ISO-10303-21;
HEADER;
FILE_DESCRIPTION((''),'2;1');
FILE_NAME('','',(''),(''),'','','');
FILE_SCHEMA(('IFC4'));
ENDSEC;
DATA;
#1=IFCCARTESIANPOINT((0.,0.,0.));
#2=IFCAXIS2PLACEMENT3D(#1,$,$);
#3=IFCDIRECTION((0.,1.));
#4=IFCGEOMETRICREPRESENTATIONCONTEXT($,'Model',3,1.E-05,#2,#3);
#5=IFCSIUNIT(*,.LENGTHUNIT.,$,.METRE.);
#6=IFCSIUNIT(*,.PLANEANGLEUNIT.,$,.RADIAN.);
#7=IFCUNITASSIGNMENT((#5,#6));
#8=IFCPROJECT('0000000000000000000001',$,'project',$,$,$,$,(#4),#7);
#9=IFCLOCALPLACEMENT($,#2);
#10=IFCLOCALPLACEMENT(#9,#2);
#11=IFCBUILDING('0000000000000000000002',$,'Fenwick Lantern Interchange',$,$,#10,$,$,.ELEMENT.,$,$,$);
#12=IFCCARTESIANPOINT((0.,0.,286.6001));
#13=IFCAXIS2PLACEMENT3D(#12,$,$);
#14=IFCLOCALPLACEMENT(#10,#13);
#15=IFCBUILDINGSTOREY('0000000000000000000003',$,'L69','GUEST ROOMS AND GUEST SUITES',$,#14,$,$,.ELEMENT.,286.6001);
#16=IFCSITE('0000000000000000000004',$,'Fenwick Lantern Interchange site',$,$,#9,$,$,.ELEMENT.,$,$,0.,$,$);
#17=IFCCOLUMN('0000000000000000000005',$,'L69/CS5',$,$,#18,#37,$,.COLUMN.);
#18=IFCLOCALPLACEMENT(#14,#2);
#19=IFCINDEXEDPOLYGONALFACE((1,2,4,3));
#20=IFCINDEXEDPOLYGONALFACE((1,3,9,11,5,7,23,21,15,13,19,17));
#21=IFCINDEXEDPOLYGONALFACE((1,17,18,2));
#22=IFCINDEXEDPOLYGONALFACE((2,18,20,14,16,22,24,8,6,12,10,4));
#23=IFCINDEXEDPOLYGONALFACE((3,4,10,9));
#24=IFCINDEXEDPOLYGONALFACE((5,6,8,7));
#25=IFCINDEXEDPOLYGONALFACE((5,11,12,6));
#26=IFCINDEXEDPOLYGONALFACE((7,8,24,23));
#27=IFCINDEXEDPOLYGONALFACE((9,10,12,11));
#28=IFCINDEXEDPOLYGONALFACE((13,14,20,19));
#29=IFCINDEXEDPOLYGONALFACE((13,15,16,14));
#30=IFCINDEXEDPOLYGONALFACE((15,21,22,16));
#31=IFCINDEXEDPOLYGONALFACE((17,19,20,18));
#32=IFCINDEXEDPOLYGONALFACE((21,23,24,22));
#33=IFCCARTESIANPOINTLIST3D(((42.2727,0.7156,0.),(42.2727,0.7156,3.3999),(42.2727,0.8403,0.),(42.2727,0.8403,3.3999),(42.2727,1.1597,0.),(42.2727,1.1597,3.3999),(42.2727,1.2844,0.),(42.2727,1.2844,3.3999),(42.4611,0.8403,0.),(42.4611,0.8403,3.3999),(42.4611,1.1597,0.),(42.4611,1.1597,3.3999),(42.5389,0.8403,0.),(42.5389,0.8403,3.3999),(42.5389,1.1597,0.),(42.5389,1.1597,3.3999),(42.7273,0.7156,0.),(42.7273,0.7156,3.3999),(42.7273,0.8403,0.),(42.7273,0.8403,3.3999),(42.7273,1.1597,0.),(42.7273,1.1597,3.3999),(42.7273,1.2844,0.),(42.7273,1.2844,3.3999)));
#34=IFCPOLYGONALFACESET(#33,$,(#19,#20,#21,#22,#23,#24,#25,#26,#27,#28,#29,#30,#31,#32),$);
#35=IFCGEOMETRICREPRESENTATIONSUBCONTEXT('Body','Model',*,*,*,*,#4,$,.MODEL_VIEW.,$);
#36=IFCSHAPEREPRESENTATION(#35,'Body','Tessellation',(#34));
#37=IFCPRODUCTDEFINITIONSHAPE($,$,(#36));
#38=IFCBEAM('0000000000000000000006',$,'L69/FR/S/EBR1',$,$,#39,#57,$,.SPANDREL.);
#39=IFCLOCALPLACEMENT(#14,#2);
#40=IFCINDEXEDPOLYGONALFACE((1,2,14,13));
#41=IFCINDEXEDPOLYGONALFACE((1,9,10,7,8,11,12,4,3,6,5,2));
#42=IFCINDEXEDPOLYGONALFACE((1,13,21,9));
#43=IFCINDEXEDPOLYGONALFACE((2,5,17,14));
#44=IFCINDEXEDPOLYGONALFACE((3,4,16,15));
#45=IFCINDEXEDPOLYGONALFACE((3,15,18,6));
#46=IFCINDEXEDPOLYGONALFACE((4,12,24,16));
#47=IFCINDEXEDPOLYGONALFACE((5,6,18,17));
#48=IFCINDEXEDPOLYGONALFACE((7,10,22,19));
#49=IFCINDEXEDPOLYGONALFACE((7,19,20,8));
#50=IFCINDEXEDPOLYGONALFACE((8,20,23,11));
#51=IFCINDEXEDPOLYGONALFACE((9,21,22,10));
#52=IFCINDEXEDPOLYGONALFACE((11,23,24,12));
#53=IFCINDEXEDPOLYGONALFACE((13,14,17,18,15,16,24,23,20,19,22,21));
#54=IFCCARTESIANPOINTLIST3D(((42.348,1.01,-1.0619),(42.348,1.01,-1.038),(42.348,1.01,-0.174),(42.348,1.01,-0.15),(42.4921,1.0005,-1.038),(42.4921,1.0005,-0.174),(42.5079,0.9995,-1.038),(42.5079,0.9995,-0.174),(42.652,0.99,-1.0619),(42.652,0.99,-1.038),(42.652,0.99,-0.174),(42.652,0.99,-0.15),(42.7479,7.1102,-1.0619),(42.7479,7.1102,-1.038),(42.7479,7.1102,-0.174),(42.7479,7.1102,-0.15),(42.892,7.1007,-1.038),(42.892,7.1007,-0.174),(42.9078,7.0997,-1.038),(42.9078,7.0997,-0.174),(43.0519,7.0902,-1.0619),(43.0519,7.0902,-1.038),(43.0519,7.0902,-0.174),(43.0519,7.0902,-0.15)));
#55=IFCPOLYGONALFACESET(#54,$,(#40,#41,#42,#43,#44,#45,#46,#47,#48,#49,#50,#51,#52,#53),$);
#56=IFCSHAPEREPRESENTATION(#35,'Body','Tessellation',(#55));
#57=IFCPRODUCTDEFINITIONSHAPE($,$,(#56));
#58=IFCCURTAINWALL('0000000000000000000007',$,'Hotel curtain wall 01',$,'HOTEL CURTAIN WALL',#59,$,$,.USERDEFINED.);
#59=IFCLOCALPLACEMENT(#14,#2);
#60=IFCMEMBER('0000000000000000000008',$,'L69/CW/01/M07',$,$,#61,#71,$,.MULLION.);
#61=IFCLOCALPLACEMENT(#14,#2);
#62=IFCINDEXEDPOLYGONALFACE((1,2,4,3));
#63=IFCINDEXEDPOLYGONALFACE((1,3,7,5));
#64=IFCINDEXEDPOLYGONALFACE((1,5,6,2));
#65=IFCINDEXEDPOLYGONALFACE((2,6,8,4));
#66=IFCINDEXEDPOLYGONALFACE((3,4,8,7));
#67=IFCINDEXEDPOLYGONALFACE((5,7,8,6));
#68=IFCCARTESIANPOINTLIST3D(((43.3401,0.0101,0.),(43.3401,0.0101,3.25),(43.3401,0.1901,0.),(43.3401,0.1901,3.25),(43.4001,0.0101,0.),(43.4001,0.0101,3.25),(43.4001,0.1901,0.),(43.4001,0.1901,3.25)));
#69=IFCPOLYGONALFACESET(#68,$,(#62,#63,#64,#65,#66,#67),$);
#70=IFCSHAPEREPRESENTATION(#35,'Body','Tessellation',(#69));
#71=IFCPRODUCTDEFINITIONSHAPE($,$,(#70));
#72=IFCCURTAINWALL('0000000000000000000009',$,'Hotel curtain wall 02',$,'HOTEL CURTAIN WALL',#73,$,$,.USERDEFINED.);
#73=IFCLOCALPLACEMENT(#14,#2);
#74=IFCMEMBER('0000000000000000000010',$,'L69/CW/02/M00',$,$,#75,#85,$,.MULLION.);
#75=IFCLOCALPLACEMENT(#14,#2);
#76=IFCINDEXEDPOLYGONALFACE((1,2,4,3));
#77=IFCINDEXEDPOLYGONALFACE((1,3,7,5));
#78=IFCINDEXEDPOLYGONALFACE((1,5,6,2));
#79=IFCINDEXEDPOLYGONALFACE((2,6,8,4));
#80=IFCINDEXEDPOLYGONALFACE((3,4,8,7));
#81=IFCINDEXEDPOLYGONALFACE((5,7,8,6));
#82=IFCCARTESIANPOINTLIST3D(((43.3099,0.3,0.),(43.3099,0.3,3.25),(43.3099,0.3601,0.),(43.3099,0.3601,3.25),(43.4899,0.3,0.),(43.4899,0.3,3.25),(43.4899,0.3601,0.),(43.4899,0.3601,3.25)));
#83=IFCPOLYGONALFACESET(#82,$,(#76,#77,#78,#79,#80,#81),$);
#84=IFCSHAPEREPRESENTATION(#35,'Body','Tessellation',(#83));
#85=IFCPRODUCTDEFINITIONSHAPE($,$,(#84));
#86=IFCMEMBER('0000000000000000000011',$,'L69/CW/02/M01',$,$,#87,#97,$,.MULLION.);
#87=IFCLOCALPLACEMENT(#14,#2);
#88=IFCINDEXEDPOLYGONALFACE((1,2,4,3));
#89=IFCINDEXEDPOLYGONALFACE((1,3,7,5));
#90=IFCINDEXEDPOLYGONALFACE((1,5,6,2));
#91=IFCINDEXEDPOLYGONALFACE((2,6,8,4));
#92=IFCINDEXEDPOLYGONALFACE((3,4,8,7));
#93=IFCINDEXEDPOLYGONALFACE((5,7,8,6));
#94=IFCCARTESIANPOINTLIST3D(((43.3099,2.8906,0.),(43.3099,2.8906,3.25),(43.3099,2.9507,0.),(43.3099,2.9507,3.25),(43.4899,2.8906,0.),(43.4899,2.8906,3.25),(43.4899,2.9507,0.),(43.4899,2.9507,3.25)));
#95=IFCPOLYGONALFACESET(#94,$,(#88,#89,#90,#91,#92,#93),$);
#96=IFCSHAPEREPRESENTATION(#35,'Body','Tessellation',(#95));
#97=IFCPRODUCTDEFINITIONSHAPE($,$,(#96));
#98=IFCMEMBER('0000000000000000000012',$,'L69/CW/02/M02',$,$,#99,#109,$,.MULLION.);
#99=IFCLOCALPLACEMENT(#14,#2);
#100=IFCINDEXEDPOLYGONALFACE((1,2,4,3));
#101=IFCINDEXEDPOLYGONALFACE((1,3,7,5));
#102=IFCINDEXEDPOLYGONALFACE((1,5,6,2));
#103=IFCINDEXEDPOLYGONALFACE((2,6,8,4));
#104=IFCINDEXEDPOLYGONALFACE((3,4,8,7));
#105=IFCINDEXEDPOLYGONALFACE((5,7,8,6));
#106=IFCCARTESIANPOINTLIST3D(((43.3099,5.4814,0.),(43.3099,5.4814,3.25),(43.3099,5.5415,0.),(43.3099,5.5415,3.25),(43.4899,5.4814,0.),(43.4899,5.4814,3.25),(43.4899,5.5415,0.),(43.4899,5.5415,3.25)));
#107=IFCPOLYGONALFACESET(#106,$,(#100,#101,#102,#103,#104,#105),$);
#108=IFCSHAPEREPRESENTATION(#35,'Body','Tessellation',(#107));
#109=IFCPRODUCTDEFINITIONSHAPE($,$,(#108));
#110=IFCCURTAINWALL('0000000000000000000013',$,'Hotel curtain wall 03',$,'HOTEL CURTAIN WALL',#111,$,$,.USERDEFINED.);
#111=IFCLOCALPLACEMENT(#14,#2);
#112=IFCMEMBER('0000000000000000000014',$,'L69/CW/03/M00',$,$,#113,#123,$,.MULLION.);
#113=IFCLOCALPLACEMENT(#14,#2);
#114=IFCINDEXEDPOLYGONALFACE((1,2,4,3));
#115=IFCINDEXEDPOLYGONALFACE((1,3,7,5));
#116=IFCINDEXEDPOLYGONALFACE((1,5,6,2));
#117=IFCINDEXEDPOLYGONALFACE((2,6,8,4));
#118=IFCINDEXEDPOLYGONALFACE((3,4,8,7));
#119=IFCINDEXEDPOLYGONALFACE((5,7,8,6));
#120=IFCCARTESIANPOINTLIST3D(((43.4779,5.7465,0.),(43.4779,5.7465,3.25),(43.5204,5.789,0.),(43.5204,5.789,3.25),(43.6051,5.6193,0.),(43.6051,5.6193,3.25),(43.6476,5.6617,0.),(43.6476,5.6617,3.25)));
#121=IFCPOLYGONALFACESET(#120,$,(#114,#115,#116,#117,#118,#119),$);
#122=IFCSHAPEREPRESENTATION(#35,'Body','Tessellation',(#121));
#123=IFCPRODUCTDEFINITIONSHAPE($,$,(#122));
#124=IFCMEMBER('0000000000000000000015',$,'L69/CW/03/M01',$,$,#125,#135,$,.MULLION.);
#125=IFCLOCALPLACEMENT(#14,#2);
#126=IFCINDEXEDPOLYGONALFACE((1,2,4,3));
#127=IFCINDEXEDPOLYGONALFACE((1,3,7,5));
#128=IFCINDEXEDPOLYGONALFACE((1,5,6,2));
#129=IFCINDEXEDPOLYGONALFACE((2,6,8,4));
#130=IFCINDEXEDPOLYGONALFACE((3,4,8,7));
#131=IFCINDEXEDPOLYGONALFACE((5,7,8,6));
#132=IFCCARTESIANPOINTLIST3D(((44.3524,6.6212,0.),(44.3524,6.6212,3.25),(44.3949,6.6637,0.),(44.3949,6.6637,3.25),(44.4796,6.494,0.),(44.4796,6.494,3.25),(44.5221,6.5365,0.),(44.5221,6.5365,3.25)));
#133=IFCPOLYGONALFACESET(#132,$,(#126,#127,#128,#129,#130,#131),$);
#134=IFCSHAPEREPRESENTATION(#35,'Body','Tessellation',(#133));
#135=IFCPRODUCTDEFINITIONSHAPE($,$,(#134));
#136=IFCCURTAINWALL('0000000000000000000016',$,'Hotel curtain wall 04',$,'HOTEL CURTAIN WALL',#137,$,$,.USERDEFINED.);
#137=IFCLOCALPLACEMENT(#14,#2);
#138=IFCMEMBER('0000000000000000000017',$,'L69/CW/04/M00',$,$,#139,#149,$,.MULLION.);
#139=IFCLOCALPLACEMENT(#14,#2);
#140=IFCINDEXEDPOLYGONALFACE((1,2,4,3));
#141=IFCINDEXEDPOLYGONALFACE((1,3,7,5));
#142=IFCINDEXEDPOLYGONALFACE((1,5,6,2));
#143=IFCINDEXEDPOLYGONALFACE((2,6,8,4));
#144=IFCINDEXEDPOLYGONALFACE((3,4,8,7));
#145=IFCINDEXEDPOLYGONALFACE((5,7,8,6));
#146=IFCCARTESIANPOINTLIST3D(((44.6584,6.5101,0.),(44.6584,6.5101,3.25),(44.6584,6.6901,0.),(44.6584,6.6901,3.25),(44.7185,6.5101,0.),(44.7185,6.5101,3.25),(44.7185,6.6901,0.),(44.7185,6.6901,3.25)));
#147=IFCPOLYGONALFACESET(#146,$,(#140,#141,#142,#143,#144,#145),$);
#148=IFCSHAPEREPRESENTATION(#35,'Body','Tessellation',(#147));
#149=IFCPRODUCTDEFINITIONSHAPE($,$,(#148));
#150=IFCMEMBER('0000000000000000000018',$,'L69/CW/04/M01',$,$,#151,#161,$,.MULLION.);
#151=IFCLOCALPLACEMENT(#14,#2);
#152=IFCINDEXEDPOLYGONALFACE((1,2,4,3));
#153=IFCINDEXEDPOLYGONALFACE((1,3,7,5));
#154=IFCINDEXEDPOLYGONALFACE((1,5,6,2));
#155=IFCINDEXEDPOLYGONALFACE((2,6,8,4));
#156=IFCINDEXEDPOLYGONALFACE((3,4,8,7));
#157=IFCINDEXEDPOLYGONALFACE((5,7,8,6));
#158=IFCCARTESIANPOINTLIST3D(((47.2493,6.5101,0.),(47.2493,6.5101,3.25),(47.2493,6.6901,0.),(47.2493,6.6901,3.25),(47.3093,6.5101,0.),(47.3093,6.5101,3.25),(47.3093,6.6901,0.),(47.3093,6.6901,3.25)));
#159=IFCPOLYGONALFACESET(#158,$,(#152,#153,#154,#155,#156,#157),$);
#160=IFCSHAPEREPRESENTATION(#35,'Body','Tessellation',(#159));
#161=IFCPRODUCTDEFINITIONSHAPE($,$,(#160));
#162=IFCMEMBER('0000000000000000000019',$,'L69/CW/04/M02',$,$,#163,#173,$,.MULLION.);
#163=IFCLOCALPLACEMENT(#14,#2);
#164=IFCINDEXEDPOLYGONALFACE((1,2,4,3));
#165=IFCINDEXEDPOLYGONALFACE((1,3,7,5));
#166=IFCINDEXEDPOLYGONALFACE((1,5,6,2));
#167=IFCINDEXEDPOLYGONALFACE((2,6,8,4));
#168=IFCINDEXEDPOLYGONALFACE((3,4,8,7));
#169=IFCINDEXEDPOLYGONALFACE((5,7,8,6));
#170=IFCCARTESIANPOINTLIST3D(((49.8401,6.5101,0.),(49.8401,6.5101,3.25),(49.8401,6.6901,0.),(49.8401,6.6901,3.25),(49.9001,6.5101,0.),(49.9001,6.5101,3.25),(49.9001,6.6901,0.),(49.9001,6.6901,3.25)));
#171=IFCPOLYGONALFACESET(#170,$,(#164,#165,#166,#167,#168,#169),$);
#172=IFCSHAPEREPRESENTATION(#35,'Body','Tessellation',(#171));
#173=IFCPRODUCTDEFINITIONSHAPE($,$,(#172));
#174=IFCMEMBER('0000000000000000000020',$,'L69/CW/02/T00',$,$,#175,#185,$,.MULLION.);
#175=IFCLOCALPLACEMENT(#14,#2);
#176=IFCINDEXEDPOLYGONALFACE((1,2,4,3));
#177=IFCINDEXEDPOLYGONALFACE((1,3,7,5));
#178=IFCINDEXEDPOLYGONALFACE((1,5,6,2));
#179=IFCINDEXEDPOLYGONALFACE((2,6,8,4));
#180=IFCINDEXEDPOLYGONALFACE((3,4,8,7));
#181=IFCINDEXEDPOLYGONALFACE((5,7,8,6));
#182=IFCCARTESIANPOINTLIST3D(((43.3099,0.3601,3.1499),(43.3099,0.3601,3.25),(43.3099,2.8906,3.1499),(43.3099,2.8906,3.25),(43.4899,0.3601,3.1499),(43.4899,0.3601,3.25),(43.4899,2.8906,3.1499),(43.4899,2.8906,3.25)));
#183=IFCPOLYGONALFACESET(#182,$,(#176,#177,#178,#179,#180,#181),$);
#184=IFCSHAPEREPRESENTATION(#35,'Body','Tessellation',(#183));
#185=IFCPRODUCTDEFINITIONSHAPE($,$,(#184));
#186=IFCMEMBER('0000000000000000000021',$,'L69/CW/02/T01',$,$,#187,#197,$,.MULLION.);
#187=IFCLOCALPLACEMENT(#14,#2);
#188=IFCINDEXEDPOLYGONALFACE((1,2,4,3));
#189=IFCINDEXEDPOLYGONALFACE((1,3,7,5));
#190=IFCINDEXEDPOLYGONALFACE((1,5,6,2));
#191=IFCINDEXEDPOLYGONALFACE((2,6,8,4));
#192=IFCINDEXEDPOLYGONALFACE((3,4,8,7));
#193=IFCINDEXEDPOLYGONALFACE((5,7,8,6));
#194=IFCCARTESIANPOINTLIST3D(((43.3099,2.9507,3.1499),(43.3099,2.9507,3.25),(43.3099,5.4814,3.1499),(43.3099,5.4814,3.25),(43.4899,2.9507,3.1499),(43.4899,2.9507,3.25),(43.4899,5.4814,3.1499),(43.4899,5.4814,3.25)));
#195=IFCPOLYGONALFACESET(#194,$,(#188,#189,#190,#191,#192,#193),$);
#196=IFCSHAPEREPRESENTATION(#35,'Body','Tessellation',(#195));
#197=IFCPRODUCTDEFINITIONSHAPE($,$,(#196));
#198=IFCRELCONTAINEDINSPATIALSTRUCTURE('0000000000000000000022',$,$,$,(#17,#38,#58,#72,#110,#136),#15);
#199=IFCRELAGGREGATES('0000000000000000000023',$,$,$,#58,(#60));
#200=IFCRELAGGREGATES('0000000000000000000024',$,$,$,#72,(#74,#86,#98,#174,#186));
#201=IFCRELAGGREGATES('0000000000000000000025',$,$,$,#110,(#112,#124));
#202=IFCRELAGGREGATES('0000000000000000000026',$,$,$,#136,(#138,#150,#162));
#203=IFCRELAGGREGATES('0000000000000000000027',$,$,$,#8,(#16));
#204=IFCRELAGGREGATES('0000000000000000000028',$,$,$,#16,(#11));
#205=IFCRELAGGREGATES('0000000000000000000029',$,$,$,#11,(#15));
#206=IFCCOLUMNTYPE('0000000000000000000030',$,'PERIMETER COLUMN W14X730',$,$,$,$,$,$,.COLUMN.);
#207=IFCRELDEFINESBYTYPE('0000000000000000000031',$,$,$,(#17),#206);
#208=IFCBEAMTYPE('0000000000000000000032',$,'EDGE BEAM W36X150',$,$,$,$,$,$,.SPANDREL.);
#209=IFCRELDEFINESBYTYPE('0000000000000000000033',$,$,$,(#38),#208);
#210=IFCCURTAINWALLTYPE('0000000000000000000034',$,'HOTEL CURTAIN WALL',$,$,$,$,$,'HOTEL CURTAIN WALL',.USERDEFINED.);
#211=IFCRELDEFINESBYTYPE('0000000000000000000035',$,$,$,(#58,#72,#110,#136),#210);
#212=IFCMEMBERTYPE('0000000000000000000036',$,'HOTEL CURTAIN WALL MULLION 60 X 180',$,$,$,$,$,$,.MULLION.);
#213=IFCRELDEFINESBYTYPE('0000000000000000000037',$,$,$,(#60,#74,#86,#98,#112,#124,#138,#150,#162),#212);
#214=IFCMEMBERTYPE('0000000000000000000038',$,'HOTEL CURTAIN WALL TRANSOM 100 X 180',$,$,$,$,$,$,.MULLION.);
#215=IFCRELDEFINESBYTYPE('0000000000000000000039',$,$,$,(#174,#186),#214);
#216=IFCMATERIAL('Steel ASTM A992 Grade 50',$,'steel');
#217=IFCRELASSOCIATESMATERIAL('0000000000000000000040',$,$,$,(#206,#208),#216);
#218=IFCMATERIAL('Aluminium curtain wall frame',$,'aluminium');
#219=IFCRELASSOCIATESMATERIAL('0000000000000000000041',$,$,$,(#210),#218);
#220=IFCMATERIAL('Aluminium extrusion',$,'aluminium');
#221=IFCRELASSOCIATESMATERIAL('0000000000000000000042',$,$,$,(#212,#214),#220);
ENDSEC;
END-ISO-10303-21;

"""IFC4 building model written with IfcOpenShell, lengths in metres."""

from ifc_helpers import new_model, si_unit, direction, frame, origin, origin_2d, place, context, subcontext, project, spatial, rectangle, i_section, extrude, material, material_profile, profile_set, type_object, element, aggregate, save


model = new_model("IFC4")

# Units and contexts
model_context = context("Model", 3, precision=1e-05, world=origin(), true_north=direction((0.0, 1.0)))
body_context = subcontext(model_context, "Body", "Model", "MODEL_VIEW")
ifc_project = project(units=[si_unit("LENGTHUNIT", "METRE"), si_unit("PLANEANGLEUNIT", "RADIAN")], contexts=[model_context])

# Site, building, storey
site_placement = place(None, origin())
site = spatial("IfcSite", under=ifc_project, at=site_placement, Name="Fenwick Lantern Interchange site", CompositionType="ELEMENT", RefElevation=0.0)
building_placement = place(site_placement, origin())
building = spatial("IfcBuilding", under=site, at=building_placement, Name="Fenwick Lantern Interchange", CompositionType="ELEMENT")
storey_placement = place(building_placement, frame((0.0, 0.0, 286.6001)))
storey = spatial("IfcBuildingStorey", under=building, at=storey_placement, Name="L69", Description="GUEST ROOMS AND GUEST SUITES", CompositionType="ELEMENT", Elevation=286.6001)

# Column
ifc_material_1 = material(Name="Steel ASTM A992 Grade 50", Category="steel")
ifc_material_profile_1 = material_profile(ifc_material_1, i_section(OverallWidth=0.4546, OverallDepth=0.5688, WebThickness=0.0779, FlangeThickness=0.1248, at=origin_2d()), Name="W14X730")
ifc_profile_set_1 = profile_set([ifc_material_profile_1], Name="Steel ASTM A992 Grade 50")
column_type = type_object("IfcColumnType", Name="PERIMETER COLUMN W14X730", PredefinedType="COLUMN", material=ifc_profile_set_1)
column_placement = place(storey_placement, frame((42.5, 1.0, 0.0), z_axis=(0.0, 0.0, 1.0), x_axis=(1.0, 0.0, 0.0)))
element("IfcColumn", 1, at=column_placement, inside=storey, type_object=column_type, Name="L69/CS5", PredefinedType="COLUMN", context=body_context, shape_type="SweptSolid", body=[
    extrude(i_section(OverallWidth=0.4546, OverallDepth=0.5688, WebThickness=0.0779, FlangeThickness=0.1248, at=origin_2d()), origin(), (0.0, 0.0, 1.0), 3.3999),
])

# Beam
ifc_material_profile_2 = material_profile(ifc_material_1, i_section(OverallWidth=0.3047, OverallDepth=0.9119, WebThickness=0.0159, FlangeThickness=0.0239, at=origin_2d()), Name="W36X150")
ifc_profile_set_2 = profile_set([ifc_material_profile_2], Name="Steel ASTM A992 Grade 50")
beam_type = type_object("IfcBeamType", Name="EDGE BEAM W36X150", PredefinedType="SPANDREL", material=ifc_profile_set_2)
beam_placement = place(storey_placement, frame((42.5, 1.0, -0.606), z_axis=(0.065416, 0.997858, 0.0), x_axis=(-0.997858, 0.065416, 0.0)))
element("IfcBeam", 2, at=beam_placement, inside=storey, type_object=beam_type, Name="L69/FR/S/EBR1", PredefinedType="SPANDREL", context=body_context, shape_type="SweptSolid", body=[
    extrude(i_section(OverallWidth=0.3047, OverallDepth=0.9119, WebThickness=0.0159, FlangeThickness=0.0239, at=origin_2d()), origin(), (0.0, 0.0, 1.0), 6.1133),
])

# Curtain wall, member
ifc_material_2 = material(Name="Aluminium curtain wall frame", Category="aluminium")
curtain_wall_type = type_object("IfcCurtainWallType", Name="HOTEL CURTAIN WALL", ElementType="HOTEL CURTAIN WALL", PredefinedType="USERDEFINED", material=ifc_material_2)
curtain_wall_1_placement = place(storey_placement, origin())
curtain_wall_1 = element("IfcCurtainWall", 3, at=curtain_wall_1_placement, inside=storey, type_object=curtain_wall_type, Name="Hotel curtain wall 01", ObjectType="HOTEL CURTAIN WALL", PredefinedType="USERDEFINED")
ifc_material_3 = material(Name="Aluminium extrusion", Category="aluminium")
ifc_material_profile_3 = material_profile(ifc_material_3, rectangle(XDim=0.1799, YDim=0.0601, at=origin_2d()), Name="HOTEL CURTAIN WALL MULLION 60 X 180")
ifc_profile_set_3 = profile_set([ifc_material_profile_3], Name="Aluminium extrusion")
member_type_1 = type_object("IfcMemberType", Name="HOTEL CURTAIN WALL MULLION 60 X 180", PredefinedType="MULLION", material=ifc_profile_set_3)
member_1_placement = place(storey_placement, frame((43.3701, 0.1001, 0.0), z_axis=(0.0, 0.0, 1.0), x_axis=(0.0, 1.0, 0.0)))
member_1 = element("IfcMember", 4, at=member_1_placement, type_object=member_type_1, Name="L69/CW/01/M07", PredefinedType="MULLION", context=body_context, shape_type="SweptSolid", body=[
    extrude(rectangle(XDim=0.1799, YDim=0.0601, at=origin_2d()), origin(), (0.0, 0.0, 1.0), 3.25),
])
aggregate(curtain_wall_1, [member_1])

# Curtain walls, members
curtain_wall_2_placement = place(storey_placement, origin())
curtain_wall_2 = element("IfcCurtainWall", 5, at=curtain_wall_2_placement, inside=storey, type_object=curtain_wall_type, Name="Hotel curtain wall 02", ObjectType="HOTEL CURTAIN WALL", PredefinedType="USERDEFINED")
member_2_placement = place(storey_placement, frame((43.3999, 0.3301, 0.0), z_axis=(0.0, 0.0, 1.0), x_axis=(-1.0, 0.0, 0.0)))
member_2 = element("IfcMember", 6, at=member_2_placement, type_object=member_type_1, Name="L69/CW/02/M00", PredefinedType="MULLION", context=body_context, shape_type="SweptSolid", body=[
    extrude(rectangle(XDim=0.1799, YDim=0.0601, at=origin_2d()), origin(), (0.0, 0.0, 1.0), 3.25),
])
member_3_placement = place(storey_placement, frame((43.3999, 2.9207, 0.0), z_axis=(0.0, 0.0, 1.0), x_axis=(-1.0, 0.0, 0.0)))
member_3 = element("IfcMember", 7, at=member_3_placement, type_object=member_type_1, Name="L69/CW/02/M01", PredefinedType="MULLION", context=body_context, shape_type="SweptSolid", body=[
    extrude(rectangle(XDim=0.1799, YDim=0.0601, at=origin_2d()), origin(), (0.0, 0.0, 1.0), 3.25),
])
member_4_placement = place(storey_placement, frame((43.3999, 5.5115, 0.0), z_axis=(0.0, 0.0, 1.0), x_axis=(-1.0, 0.0, 0.0)))
member_4 = element("IfcMember", 8, at=member_4_placement, type_object=member_type_1, Name="L69/CW/02/M02", PredefinedType="MULLION", context=body_context, shape_type="SweptSolid", body=[
    extrude(rectangle(XDim=0.1799, YDim=0.0601, at=origin_2d()), origin(), (0.0, 0.0, 1.0), 3.25),
])
curtain_wall_3_placement = place(storey_placement, origin())
curtain_wall_3 = element("IfcCurtainWall", 9, at=curtain_wall_3_placement, inside=storey, type_object=curtain_wall_type, Name="Hotel curtain wall 03", ObjectType="HOTEL CURTAIN WALL", PredefinedType="USERDEFINED")
member_5_placement = place(storey_placement, frame((43.5627, 5.7041, 0.0), z_axis=(0.0, 0.0, 1.0), x_axis=(-0.707107, 0.707107, 0.0)))
member_5 = element("IfcMember", 10, at=member_5_placement, type_object=member_type_1, Name="L69/CW/03/M00", PredefinedType="MULLION", context=body_context, shape_type="SweptSolid", body=[
    extrude(rectangle(XDim=0.1799, YDim=0.0601, at=origin_2d()), origin(), (0.0, 0.0, 1.0), 3.25),
])
member_6_placement = place(storey_placement, frame((44.4373, 6.5789, 0.0), z_axis=(0.0, 0.0, 1.0), x_axis=(-0.707107, 0.707107, 0.0)))
member_6 = element("IfcMember", 11, at=member_6_placement, type_object=member_type_1, Name="L69/CW/03/M01", PredefinedType="MULLION", context=body_context, shape_type="SweptSolid", body=[
    extrude(rectangle(XDim=0.1799, YDim=0.0601, at=origin_2d()), origin(), (0.0, 0.0, 1.0), 3.25),
])
curtain_wall_4_placement = place(storey_placement, origin())
curtain_wall_4 = element("IfcCurtainWall", 12, at=curtain_wall_4_placement, inside=storey, type_object=curtain_wall_type, Name="Hotel curtain wall 04", ObjectType="HOTEL CURTAIN WALL", PredefinedType="USERDEFINED")
member_7_placement = place(storey_placement, frame((44.6885, 6.6001, 0.0), z_axis=(0.0, 0.0, 1.0), x_axis=(0.0, 1.0, 0.0)))
member_7 = element("IfcMember", 13, at=member_7_placement, type_object=member_type_1, Name="L69/CW/04/M00", PredefinedType="MULLION", context=body_context, shape_type="SweptSolid", body=[
    extrude(rectangle(XDim=0.1799, YDim=0.0601, at=origin_2d()), origin(), (0.0, 0.0, 1.0), 3.25),
])
member_8_placement = place(storey_placement, frame((47.2793, 6.6001, 0.0), z_axis=(0.0, 0.0, 1.0), x_axis=(0.0, 1.0, 0.0)))
member_8 = element("IfcMember", 14, at=member_8_placement, type_object=member_type_1, Name="L69/CW/04/M01", PredefinedType="MULLION", context=body_context, shape_type="SweptSolid", body=[
    extrude(rectangle(XDim=0.1799, YDim=0.0601, at=origin_2d()), origin(), (0.0, 0.0, 1.0), 3.25),
])
member_9_placement = place(storey_placement, frame((49.8701, 6.6001, 0.0), z_axis=(0.0, 0.0, 1.0), x_axis=(0.0, 1.0, 0.0)))
member_9 = element("IfcMember", 15, at=member_9_placement, type_object=member_type_1, Name="L69/CW/04/M02", PredefinedType="MULLION", context=body_context, shape_type="SweptSolid", body=[
    extrude(rectangle(XDim=0.1799, YDim=0.0601, at=origin_2d()), origin(), (0.0, 0.0, 1.0), 3.25),
])

# Members
ifc_material_profile_4 = material_profile(ifc_material_3, rectangle(XDim=0.1799, YDim=0.1001, at=origin_2d()), Name="HOTEL CURTAIN WALL TRANSOM 100 X 180")
ifc_profile_set_4 = profile_set([ifc_material_profile_4], Name="Aluminium extrusion")
member_type_2 = type_object("IfcMemberType", Name="HOTEL CURTAIN WALL TRANSOM 100 X 180", PredefinedType="MULLION", material=ifc_profile_set_4)
member_10_placement = place(storey_placement, frame((43.3999, 0.3601, 3.2), z_axis=(0.0, 1.0, 0.0), x_axis=(-1.0, 0.0, 0.0)))
member_10 = element("IfcMember", 16, at=member_10_placement, type_object=member_type_2, Name="L69/CW/02/T00", PredefinedType="MULLION", context=body_context, shape_type="SweptSolid", body=[
    extrude(rectangle(XDim=0.1799, YDim=0.1001, at=origin_2d()), origin(), (0.0, 0.0, 1.0), 2.5305),
])
member_11_placement = place(storey_placement, frame((43.3999, 2.9507, 3.2), z_axis=(0.0, 1.0, 0.0), x_axis=(-1.0, 0.0, 0.0)))
member_11 = element("IfcMember", 17, at=member_11_placement, type_object=member_type_2, Name="L69/CW/02/T01", PredefinedType="MULLION", context=body_context, shape_type="SweptSolid", body=[
    extrude(rectangle(XDim=0.1799, YDim=0.1001, at=origin_2d()), origin(), (0.0, 0.0, 1.0), 2.5308),
])

aggregate(curtain_wall_2, [member_2, member_3, member_4, member_10, member_11])
aggregate(curtain_wall_3, [member_5, member_6])
aggregate(curtain_wall_4, [member_7, member_8, member_9])

save(model, "model.ifc")
